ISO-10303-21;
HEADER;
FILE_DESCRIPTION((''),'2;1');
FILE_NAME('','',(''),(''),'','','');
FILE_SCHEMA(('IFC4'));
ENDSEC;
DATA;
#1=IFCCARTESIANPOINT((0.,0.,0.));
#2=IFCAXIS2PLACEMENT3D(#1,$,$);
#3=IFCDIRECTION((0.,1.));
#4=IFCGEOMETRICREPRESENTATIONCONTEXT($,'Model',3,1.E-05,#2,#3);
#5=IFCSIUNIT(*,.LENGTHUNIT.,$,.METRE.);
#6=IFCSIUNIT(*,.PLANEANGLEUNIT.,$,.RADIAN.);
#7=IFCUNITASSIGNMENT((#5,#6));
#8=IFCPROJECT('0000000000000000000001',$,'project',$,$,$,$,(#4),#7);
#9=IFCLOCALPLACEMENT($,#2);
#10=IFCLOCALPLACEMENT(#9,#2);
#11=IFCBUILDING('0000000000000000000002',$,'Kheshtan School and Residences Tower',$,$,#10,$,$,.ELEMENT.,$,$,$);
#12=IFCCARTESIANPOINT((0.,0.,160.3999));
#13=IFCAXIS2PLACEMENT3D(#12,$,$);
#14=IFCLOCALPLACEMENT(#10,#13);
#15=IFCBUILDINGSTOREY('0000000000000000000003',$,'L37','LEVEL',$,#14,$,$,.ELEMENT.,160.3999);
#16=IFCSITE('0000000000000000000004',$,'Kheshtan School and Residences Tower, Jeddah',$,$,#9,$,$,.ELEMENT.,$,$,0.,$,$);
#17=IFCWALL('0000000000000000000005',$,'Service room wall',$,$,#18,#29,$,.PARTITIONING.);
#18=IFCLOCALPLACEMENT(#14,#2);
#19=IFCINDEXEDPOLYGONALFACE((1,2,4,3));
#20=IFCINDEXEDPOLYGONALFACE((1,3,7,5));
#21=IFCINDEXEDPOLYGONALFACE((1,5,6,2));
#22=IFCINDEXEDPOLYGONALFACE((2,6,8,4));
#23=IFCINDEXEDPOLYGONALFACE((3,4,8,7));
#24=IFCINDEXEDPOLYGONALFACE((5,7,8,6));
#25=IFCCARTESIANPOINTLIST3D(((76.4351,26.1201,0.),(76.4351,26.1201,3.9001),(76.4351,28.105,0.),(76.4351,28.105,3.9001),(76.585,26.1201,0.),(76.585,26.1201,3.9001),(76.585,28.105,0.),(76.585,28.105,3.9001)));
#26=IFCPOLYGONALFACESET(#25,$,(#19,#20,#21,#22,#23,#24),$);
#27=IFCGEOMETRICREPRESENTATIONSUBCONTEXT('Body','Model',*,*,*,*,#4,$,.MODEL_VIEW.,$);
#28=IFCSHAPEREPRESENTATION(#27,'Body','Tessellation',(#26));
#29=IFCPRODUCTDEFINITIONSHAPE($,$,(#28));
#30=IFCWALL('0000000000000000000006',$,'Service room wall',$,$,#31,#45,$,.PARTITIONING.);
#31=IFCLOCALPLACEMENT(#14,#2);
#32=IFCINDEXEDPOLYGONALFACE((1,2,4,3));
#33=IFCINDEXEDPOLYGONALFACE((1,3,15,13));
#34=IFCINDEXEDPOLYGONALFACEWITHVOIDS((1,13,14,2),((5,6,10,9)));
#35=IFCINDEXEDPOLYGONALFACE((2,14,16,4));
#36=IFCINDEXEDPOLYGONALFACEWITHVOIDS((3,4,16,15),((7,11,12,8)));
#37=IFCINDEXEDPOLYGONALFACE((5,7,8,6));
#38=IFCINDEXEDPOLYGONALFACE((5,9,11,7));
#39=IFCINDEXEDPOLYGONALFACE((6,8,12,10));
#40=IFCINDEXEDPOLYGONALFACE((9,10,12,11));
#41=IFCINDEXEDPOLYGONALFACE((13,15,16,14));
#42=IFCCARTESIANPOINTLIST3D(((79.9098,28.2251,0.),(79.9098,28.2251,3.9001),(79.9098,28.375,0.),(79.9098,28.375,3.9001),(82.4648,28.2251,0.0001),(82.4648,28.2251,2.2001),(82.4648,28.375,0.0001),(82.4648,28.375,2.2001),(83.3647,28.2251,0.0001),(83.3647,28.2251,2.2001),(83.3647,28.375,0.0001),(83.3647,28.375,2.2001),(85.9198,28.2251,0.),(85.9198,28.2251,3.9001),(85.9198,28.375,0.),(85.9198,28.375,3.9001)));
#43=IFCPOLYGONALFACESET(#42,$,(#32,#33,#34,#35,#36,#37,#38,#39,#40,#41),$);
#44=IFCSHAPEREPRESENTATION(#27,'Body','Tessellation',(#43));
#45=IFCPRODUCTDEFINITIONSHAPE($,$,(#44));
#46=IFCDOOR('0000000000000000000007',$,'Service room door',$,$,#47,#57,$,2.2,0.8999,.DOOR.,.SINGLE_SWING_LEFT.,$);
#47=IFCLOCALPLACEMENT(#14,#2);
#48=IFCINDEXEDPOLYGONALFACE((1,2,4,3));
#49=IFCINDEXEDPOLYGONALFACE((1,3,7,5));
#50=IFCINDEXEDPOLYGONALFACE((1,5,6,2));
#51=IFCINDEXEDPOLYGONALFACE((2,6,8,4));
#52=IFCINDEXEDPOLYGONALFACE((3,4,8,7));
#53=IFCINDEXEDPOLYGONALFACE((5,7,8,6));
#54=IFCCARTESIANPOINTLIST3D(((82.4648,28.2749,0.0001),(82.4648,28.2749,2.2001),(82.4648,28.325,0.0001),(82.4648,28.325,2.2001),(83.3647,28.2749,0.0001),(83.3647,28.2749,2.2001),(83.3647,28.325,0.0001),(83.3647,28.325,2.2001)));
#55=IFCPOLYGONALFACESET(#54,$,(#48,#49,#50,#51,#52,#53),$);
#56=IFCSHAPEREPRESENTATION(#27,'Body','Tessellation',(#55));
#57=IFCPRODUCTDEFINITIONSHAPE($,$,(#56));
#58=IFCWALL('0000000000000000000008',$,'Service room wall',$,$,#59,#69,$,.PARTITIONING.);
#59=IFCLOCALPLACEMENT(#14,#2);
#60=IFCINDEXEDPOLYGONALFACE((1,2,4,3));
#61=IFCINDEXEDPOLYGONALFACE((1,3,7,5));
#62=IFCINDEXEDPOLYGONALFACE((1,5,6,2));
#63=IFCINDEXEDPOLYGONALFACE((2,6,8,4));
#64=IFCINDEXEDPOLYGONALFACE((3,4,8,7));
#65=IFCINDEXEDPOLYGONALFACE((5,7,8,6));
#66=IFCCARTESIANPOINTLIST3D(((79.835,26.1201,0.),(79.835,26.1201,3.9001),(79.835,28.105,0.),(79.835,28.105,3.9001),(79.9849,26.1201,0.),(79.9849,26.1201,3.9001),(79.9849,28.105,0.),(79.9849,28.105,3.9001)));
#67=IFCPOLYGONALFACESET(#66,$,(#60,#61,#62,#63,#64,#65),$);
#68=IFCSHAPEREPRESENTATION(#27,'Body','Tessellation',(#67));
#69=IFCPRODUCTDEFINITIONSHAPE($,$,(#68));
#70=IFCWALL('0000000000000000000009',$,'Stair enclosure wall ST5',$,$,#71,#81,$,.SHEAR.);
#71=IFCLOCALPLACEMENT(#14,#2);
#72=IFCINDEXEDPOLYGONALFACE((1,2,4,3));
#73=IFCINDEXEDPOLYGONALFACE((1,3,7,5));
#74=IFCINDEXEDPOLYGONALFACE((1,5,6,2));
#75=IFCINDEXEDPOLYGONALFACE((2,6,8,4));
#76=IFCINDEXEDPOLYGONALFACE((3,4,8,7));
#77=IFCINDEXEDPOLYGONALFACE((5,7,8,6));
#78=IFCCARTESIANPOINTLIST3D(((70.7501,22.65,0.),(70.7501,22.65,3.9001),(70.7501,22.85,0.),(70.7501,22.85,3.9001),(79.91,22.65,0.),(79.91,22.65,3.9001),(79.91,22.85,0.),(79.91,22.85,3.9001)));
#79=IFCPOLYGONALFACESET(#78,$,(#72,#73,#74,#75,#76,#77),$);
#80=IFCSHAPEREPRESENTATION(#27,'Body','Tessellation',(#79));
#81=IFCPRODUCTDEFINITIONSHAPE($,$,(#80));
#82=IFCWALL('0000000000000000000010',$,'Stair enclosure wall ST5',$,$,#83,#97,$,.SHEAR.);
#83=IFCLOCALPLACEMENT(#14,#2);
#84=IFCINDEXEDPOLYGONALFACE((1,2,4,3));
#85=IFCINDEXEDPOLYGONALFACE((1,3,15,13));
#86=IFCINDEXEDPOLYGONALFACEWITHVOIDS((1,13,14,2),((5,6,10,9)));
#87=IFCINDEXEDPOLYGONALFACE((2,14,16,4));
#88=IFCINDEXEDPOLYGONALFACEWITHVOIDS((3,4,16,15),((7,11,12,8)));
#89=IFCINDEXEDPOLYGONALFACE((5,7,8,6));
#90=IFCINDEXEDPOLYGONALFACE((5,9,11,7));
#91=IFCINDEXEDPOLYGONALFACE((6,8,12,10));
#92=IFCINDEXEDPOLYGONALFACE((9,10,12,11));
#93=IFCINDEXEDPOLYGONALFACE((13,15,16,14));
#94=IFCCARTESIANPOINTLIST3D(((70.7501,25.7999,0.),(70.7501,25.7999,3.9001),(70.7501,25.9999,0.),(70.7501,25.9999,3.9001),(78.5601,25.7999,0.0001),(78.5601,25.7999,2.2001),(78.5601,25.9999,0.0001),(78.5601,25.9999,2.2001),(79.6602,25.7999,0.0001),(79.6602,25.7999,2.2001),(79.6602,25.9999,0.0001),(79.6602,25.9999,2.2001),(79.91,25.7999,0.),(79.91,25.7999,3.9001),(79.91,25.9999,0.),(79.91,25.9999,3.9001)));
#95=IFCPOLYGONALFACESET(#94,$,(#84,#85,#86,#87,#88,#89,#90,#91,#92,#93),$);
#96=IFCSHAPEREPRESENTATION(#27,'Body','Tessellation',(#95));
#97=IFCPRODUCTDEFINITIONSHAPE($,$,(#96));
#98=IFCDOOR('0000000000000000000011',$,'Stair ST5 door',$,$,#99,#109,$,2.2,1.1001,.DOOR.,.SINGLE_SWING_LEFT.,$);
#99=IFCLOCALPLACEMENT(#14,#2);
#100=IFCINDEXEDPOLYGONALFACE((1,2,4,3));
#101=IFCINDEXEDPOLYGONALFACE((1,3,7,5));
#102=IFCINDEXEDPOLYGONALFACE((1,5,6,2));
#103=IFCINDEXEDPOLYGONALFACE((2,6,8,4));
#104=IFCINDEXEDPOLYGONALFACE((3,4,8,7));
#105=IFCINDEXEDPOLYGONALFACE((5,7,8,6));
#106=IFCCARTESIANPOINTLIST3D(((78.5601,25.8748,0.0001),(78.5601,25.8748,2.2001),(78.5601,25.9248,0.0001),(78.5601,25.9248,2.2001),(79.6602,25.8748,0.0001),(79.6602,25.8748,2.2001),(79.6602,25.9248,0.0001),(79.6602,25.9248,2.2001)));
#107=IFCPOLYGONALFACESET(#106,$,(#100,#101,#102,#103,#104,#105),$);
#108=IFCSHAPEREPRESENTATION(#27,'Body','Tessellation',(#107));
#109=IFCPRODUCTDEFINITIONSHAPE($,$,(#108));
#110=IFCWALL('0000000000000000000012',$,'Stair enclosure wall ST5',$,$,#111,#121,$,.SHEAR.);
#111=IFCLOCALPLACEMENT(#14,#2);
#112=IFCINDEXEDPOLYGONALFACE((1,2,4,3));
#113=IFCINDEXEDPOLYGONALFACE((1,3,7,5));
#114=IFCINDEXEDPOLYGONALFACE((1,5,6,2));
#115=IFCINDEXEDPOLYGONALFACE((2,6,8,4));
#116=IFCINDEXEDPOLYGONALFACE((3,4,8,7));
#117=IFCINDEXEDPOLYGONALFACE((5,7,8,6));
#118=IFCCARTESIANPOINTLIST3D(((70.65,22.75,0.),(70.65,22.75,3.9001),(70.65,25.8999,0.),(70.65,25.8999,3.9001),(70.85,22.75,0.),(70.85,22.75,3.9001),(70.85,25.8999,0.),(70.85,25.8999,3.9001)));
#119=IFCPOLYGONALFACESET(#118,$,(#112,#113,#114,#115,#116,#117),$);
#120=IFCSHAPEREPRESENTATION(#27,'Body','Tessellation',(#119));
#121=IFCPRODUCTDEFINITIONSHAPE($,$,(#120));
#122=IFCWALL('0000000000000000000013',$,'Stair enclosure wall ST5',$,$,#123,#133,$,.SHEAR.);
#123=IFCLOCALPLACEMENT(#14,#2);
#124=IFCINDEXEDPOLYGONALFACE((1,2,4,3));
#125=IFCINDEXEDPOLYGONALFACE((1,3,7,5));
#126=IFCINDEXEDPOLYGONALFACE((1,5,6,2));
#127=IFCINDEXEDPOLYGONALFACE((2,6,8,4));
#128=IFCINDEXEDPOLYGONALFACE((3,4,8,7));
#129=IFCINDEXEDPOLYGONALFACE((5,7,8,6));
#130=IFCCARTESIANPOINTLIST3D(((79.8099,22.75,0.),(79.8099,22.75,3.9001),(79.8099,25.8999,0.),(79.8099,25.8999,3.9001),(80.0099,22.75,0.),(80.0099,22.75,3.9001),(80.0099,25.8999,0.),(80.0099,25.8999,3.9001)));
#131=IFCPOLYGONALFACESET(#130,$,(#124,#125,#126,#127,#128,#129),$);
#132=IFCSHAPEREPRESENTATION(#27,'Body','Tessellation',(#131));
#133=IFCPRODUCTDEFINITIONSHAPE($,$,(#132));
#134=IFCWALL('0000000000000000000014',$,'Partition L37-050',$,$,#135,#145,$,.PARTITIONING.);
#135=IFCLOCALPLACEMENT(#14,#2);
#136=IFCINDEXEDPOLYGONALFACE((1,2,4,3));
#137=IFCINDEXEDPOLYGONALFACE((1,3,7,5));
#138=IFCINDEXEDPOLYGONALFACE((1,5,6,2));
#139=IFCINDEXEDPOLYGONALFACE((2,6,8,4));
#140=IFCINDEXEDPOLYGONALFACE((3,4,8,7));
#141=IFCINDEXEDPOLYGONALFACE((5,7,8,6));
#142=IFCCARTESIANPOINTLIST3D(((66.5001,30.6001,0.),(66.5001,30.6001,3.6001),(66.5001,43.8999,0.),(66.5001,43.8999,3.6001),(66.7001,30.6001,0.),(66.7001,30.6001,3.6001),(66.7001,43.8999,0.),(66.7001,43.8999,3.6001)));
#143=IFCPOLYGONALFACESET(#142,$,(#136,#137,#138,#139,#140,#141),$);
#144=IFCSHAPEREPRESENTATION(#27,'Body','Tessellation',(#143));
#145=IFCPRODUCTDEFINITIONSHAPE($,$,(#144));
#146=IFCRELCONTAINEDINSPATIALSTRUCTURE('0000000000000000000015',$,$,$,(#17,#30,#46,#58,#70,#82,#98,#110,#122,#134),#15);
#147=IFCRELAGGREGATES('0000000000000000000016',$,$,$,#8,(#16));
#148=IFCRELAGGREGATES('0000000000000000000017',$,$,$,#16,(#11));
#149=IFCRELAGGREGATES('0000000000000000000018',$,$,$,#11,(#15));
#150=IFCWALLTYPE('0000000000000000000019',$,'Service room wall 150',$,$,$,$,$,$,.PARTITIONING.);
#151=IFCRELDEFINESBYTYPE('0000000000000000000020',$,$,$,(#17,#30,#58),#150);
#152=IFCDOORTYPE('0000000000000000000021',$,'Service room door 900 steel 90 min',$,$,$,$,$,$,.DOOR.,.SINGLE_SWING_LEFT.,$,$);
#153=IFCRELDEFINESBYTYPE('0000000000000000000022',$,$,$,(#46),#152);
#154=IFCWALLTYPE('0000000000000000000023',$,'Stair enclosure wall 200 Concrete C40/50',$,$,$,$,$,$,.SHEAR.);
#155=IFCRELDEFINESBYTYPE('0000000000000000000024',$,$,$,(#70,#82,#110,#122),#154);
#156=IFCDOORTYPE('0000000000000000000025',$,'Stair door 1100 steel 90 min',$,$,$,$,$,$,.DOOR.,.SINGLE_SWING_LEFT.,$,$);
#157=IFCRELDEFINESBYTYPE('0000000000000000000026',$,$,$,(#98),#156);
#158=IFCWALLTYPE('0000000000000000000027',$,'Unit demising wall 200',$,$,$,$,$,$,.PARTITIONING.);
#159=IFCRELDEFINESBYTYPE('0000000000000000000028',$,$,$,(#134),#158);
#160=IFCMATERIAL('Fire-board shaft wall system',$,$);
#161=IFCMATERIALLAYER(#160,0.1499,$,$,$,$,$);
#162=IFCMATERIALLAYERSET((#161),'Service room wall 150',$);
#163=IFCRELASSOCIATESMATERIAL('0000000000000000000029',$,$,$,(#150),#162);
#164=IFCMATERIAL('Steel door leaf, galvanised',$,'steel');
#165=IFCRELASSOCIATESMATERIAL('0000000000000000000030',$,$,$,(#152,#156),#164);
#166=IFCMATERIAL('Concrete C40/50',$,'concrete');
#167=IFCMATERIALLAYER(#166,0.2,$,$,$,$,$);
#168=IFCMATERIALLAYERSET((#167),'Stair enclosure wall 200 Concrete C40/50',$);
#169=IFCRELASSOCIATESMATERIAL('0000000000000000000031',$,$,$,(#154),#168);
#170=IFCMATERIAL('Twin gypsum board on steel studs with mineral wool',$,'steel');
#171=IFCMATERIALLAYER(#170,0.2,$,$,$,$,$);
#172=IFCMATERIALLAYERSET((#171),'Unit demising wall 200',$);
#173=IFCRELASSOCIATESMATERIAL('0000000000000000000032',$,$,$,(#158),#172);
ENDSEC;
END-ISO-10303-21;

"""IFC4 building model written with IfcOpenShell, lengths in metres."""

from ifc_helpers import new_model, si_unit, direction, frame, frame_2d, origin, place, context, subcontext, project, spatial, rectangle, extrude, source, transform, mapped, material, layer, layer_set, type_object, element, fill, save


model = new_model("IFC4")

# Units and contexts
model_context = context("Model", 3, precision=1e-05, world=origin(), true_north=direction((0.0, 1.0)))
body_context = subcontext(model_context, "Body", "Model", "MODEL_VIEW")
ifc_project = project(units=[si_unit("LENGTHUNIT", "METRE"), si_unit("PLANEANGLEUNIT", "RADIAN")], contexts=[model_context])

# Site, building, storey
site_placement = place(None, origin())
site = spatial("IfcSite", under=ifc_project, at=site_placement, Name="Kheshtan School and Residences Tower, Jeddah", CompositionType="ELEMENT", RefElevation=0.0)
building_placement = place(site_placement, origin())
building = spatial("IfcBuilding", under=site, at=building_placement, Name="Kheshtan School and Residences Tower", CompositionType="ELEMENT")
storey_placement = place(building_placement, frame((0.0, 0.0, 160.3999)))
storey = spatial("IfcBuildingStorey", under=building, at=storey_placement, Name="L37", Description="LEVEL", CompositionType="ELEMENT", Elevation=160.3999)

# Shared definitions
ifc_material_1 = material(Name="Fire-board shaft wall system")
ifc_layer_1 = layer(ifc_material_1, 0.1499)
ifc_layer_set_1 = layer_set([ifc_layer_1], Name="Service room wall 150")
wall_type_1 = type_object("IfcWallType", Name="Service room wall 150", PredefinedType="PARTITIONING", material=ifc_layer_set_1)
ifc_material_2 = material(Name="Steel door leaf, galvanised", Category="steel")
door_type_1 = type_object("IfcDoorType", Name="Service room door 900 steel 90 min", OperationType="SINGLE_SWING_LEFT", PredefinedType="DOOR", material=ifc_material_2)
shared_shape_1 = source(origin(), body_context, "Body", "SweptSolid", [
    extrude(rectangle(XDim=0.8999, YDim=2.2, at=frame_2d((0.45, 1.1001))), frame((0.0, 0.0249, 0.0), z_axis=(0.0, -1.0, 0.0), x_axis=(1.0, 0.0, 0.0)), (0.0, 0.0, 1.0), 0.05),
])

# Wall
for number, where, z_axis, x_axis, name in (
    (1, (76.51, 26.1201, 0.0), (0.0, 0.0, 1.0), (0.0, 1.0, 0.0), "Service room wall"),
):
    element("IfcWall", number, at=place(storey_placement, frame(where, z_axis=z_axis, x_axis=x_axis)), inside=storey, type_object=wall_type_1, Name=name, PredefinedType="PARTITIONING", context=body_context, shape_type="SweptSolid", body=[
        extrude(rectangle(XDim=1.9849, YDim=0.1499, at=frame_2d((0.9924, 0.0))), origin(), (0.0, 0.0, 1.0), 3.9001),
    ])

# Wall, opening, door
wall_1_placement = place(storey_placement, frame((79.9099, 28.3, 0.0), z_axis=(0.0, 0.0, 1.0), x_axis=(1.0, 0.0, 0.0)))
wall_1 = element("IfcWall", 2, at=wall_1_placement, inside=storey, type_object=wall_type_1, Name="Service room wall", PredefinedType="PARTITIONING", context=body_context, shape_type="SweptSolid", body=[
    extrude(rectangle(XDim=6.01, YDim=0.1499, at=frame_2d((3.0049, 0.0))), origin(), (0.0, 0.0, 1.0), 3.9001),
])
opening_1_placement = place(wall_1_placement, frame((2.5549, 0.0, 0.0)))
opening_1 = element("IfcOpeningElement", 3, at=opening_1_placement, cuts=wall_1, PredefinedType="OPENING", context=body_context, shape_type="SweptSolid", body=[
    extrude(rectangle(XDim=0.8999, YDim=2.2, at=frame_2d((0.45, 1.1001))), frame((0.0, 0.085, 0.0), z_axis=(0.0, -1.0, 0.0), x_axis=(1.0, 0.0, 0.0)), (0.0, 0.0, 1.0), 0.1699),
])
door_1_placement = place(opening_1_placement, origin())
door_1 = element("IfcDoor", 4, at=door_1_placement, inside=storey, type_object=door_type_1, Name="Service room door", OperationType="SINGLE_SWING_LEFT", OverallHeight=2.2, OverallWidth=0.8999, PredefinedType="DOOR", context=body_context, shape_type="MappedRepresentation", body=[
    mapped(shared_shape_1, transform((0.0, 0.0, 0.0), x_axis=(1.0, 0.0, 0.0), y_axis=(0.0, 1.0, 0.0), z_axis=(0.0, 0.0, 1.0), scale=1.0)),
])
fill(opening_1, door_1)

# Walls
wall_2_placement = place(storey_placement, frame((79.9099, 26.1201, 0.0), z_axis=(0.0, 0.0, 1.0), x_axis=(0.0, 1.0, 0.0)))
element("IfcWall", 5, at=wall_2_placement, inside=storey, type_object=wall_type_1, Name="Service room wall", PredefinedType="PARTITIONING", context=body_context, shape_type="SweptSolid", body=[
    extrude(rectangle(XDim=1.9849, YDim=0.1499, at=frame_2d((0.9924, 0.0))), origin(), (0.0, 0.0, 1.0), 3.9001),
])
ifc_material_3 = material(Name="Concrete C40/50", Category="concrete")
ifc_layer_2 = layer(ifc_material_3, 0.2)
ifc_layer_set_2 = layer_set([ifc_layer_2], Name="Stair enclosure wall 200 Concrete C40/50")
wall_type_2 = type_object("IfcWallType", Name="Stair enclosure wall 200 Concrete C40/50", PredefinedType="SHEAR", material=ifc_layer_set_2)
wall_3_placement = place(storey_placement, frame((70.75, 22.75, 0.0), z_axis=(0.0, 0.0, 1.0), x_axis=(1.0, 0.0, 0.0)))
element("IfcWall", 6, at=wall_3_placement, inside=storey, type_object=wall_type_2, Name="Stair enclosure wall ST5", PredefinedType="SHEAR", context=body_context, shape_type="SweptSolid", body=[
    extrude(rectangle(XDim=9.1599, YDim=0.2, at=frame_2d((4.5801, 0.0))), origin(), (0.0, 0.0, 1.0), 3.9001),
])

# Wall, opening, door
wall_4_placement = place(storey_placement, frame((70.75, 25.8999, 0.0), z_axis=(0.0, 0.0, 1.0), x_axis=(1.0, 0.0, 0.0)))
wall_4 = element("IfcWall", 7, at=wall_4_placement, inside=storey, type_object=wall_type_2, Name="Stair enclosure wall ST5", PredefinedType="SHEAR", context=body_context, shape_type="SweptSolid", body=[
    extrude(rectangle(XDim=9.1599, YDim=0.2, at=frame_2d((4.5801, 0.0))), origin(), (0.0, 0.0, 1.0), 3.9001),
])
opening_2_placement = place(wall_4_placement, frame((7.8101, 0.0, 0.0)))
opening_2 = element("IfcOpeningElement", 8, at=opening_2_placement, cuts=wall_4, PredefinedType="OPENING", context=body_context, shape_type="SweptSolid", body=[
    extrude(rectangle(XDim=1.1001, YDim=2.2, at=frame_2d((0.55, 1.1001))), frame((0.0, 0.1099, 0.0), z_axis=(0.0, -1.0, 0.0), x_axis=(1.0, 0.0, 0.0)), (0.0, 0.0, 1.0), 0.22),
])
door_type_2 = type_object("IfcDoorType", Name="Stair door 1100 steel 90 min", OperationType="SINGLE_SWING_LEFT", PredefinedType="DOOR", material=ifc_material_2)
shared_shape_2 = source(origin(), body_context, "Body", "SweptSolid", [
    extrude(rectangle(XDim=1.1001, YDim=2.2, at=frame_2d((0.55, 1.1001))), frame((0.0, 0.0249, 0.0), z_axis=(0.0, -1.0, 0.0), x_axis=(1.0, 0.0, 0.0)), (0.0, 0.0, 1.0), 0.05),
])
door_2_placement = place(opening_2_placement, origin())
door_2 = element("IfcDoor", 9, at=door_2_placement, inside=storey, type_object=door_type_2, Name="Stair ST5 door", OperationType="SINGLE_SWING_LEFT", OverallHeight=2.2, OverallWidth=1.1001, PredefinedType="DOOR", context=body_context, shape_type="MappedRepresentation", body=[
    mapped(shared_shape_2, transform((0.0, 0.0, 0.0), x_axis=(1.0, 0.0, 0.0), y_axis=(0.0, 1.0, 0.0), z_axis=(0.0, 0.0, 1.0), scale=1.0)),
])
fill(opening_2, door_2)

# Walls
for number, where, z_axis, x_axis, name in (
    (10, (70.75, 22.75, 0.0), (0.0, 0.0, 1.0), (0.0, 1.0, 0.0), "Stair enclosure wall ST5"),
    (11, (79.9099, 22.75, 0.0), (0.0, 0.0, 1.0), (0.0, 1.0, 0.0), "Stair enclosure wall ST5"),
):
    element("IfcWall", number, at=place(storey_placement, frame(where, z_axis=z_axis, x_axis=x_axis)), inside=storey, type_object=wall_type_2, Name=name, PredefinedType="SHEAR", context=body_context, shape_type="SweptSolid", body=[
        extrude(rectangle(XDim=3.1499, YDim=0.2, at=frame_2d((1.575, 0.0))), origin(), (0.0, 0.0, 1.0), 3.9001),
    ])
ifc_material_4 = material(Name="Twin gypsum board on steel studs with mineral wool", Category="steel")
ifc_layer_3 = layer(ifc_material_4, 0.2)
ifc_layer_set_3 = layer_set([ifc_layer_3], Name="Unit demising wall 200")
wall_type_3 = type_object("IfcWallType", Name="Unit demising wall 200", PredefinedType="PARTITIONING", material=ifc_layer_set_3)
wall_5_placement = place(storey_placement, frame((66.6001, 30.6001, 0.0), z_axis=(0.0, 0.0, 1.0), x_axis=(0.0, 1.0, 0.0)))
element("IfcWall", 12, at=wall_5_placement, inside=storey, type_object=wall_type_3, Name="Partition L37-050", PredefinedType="PARTITIONING", context=body_context, shape_type="SweptSolid", body=[
    extrude(rectangle(XDim=13.2998, YDim=0.2, at=frame_2d((6.6499, 0.0))), origin(), (0.0, 0.0, 1.0), 3.6001),
])

save(model, "model.ifc")
